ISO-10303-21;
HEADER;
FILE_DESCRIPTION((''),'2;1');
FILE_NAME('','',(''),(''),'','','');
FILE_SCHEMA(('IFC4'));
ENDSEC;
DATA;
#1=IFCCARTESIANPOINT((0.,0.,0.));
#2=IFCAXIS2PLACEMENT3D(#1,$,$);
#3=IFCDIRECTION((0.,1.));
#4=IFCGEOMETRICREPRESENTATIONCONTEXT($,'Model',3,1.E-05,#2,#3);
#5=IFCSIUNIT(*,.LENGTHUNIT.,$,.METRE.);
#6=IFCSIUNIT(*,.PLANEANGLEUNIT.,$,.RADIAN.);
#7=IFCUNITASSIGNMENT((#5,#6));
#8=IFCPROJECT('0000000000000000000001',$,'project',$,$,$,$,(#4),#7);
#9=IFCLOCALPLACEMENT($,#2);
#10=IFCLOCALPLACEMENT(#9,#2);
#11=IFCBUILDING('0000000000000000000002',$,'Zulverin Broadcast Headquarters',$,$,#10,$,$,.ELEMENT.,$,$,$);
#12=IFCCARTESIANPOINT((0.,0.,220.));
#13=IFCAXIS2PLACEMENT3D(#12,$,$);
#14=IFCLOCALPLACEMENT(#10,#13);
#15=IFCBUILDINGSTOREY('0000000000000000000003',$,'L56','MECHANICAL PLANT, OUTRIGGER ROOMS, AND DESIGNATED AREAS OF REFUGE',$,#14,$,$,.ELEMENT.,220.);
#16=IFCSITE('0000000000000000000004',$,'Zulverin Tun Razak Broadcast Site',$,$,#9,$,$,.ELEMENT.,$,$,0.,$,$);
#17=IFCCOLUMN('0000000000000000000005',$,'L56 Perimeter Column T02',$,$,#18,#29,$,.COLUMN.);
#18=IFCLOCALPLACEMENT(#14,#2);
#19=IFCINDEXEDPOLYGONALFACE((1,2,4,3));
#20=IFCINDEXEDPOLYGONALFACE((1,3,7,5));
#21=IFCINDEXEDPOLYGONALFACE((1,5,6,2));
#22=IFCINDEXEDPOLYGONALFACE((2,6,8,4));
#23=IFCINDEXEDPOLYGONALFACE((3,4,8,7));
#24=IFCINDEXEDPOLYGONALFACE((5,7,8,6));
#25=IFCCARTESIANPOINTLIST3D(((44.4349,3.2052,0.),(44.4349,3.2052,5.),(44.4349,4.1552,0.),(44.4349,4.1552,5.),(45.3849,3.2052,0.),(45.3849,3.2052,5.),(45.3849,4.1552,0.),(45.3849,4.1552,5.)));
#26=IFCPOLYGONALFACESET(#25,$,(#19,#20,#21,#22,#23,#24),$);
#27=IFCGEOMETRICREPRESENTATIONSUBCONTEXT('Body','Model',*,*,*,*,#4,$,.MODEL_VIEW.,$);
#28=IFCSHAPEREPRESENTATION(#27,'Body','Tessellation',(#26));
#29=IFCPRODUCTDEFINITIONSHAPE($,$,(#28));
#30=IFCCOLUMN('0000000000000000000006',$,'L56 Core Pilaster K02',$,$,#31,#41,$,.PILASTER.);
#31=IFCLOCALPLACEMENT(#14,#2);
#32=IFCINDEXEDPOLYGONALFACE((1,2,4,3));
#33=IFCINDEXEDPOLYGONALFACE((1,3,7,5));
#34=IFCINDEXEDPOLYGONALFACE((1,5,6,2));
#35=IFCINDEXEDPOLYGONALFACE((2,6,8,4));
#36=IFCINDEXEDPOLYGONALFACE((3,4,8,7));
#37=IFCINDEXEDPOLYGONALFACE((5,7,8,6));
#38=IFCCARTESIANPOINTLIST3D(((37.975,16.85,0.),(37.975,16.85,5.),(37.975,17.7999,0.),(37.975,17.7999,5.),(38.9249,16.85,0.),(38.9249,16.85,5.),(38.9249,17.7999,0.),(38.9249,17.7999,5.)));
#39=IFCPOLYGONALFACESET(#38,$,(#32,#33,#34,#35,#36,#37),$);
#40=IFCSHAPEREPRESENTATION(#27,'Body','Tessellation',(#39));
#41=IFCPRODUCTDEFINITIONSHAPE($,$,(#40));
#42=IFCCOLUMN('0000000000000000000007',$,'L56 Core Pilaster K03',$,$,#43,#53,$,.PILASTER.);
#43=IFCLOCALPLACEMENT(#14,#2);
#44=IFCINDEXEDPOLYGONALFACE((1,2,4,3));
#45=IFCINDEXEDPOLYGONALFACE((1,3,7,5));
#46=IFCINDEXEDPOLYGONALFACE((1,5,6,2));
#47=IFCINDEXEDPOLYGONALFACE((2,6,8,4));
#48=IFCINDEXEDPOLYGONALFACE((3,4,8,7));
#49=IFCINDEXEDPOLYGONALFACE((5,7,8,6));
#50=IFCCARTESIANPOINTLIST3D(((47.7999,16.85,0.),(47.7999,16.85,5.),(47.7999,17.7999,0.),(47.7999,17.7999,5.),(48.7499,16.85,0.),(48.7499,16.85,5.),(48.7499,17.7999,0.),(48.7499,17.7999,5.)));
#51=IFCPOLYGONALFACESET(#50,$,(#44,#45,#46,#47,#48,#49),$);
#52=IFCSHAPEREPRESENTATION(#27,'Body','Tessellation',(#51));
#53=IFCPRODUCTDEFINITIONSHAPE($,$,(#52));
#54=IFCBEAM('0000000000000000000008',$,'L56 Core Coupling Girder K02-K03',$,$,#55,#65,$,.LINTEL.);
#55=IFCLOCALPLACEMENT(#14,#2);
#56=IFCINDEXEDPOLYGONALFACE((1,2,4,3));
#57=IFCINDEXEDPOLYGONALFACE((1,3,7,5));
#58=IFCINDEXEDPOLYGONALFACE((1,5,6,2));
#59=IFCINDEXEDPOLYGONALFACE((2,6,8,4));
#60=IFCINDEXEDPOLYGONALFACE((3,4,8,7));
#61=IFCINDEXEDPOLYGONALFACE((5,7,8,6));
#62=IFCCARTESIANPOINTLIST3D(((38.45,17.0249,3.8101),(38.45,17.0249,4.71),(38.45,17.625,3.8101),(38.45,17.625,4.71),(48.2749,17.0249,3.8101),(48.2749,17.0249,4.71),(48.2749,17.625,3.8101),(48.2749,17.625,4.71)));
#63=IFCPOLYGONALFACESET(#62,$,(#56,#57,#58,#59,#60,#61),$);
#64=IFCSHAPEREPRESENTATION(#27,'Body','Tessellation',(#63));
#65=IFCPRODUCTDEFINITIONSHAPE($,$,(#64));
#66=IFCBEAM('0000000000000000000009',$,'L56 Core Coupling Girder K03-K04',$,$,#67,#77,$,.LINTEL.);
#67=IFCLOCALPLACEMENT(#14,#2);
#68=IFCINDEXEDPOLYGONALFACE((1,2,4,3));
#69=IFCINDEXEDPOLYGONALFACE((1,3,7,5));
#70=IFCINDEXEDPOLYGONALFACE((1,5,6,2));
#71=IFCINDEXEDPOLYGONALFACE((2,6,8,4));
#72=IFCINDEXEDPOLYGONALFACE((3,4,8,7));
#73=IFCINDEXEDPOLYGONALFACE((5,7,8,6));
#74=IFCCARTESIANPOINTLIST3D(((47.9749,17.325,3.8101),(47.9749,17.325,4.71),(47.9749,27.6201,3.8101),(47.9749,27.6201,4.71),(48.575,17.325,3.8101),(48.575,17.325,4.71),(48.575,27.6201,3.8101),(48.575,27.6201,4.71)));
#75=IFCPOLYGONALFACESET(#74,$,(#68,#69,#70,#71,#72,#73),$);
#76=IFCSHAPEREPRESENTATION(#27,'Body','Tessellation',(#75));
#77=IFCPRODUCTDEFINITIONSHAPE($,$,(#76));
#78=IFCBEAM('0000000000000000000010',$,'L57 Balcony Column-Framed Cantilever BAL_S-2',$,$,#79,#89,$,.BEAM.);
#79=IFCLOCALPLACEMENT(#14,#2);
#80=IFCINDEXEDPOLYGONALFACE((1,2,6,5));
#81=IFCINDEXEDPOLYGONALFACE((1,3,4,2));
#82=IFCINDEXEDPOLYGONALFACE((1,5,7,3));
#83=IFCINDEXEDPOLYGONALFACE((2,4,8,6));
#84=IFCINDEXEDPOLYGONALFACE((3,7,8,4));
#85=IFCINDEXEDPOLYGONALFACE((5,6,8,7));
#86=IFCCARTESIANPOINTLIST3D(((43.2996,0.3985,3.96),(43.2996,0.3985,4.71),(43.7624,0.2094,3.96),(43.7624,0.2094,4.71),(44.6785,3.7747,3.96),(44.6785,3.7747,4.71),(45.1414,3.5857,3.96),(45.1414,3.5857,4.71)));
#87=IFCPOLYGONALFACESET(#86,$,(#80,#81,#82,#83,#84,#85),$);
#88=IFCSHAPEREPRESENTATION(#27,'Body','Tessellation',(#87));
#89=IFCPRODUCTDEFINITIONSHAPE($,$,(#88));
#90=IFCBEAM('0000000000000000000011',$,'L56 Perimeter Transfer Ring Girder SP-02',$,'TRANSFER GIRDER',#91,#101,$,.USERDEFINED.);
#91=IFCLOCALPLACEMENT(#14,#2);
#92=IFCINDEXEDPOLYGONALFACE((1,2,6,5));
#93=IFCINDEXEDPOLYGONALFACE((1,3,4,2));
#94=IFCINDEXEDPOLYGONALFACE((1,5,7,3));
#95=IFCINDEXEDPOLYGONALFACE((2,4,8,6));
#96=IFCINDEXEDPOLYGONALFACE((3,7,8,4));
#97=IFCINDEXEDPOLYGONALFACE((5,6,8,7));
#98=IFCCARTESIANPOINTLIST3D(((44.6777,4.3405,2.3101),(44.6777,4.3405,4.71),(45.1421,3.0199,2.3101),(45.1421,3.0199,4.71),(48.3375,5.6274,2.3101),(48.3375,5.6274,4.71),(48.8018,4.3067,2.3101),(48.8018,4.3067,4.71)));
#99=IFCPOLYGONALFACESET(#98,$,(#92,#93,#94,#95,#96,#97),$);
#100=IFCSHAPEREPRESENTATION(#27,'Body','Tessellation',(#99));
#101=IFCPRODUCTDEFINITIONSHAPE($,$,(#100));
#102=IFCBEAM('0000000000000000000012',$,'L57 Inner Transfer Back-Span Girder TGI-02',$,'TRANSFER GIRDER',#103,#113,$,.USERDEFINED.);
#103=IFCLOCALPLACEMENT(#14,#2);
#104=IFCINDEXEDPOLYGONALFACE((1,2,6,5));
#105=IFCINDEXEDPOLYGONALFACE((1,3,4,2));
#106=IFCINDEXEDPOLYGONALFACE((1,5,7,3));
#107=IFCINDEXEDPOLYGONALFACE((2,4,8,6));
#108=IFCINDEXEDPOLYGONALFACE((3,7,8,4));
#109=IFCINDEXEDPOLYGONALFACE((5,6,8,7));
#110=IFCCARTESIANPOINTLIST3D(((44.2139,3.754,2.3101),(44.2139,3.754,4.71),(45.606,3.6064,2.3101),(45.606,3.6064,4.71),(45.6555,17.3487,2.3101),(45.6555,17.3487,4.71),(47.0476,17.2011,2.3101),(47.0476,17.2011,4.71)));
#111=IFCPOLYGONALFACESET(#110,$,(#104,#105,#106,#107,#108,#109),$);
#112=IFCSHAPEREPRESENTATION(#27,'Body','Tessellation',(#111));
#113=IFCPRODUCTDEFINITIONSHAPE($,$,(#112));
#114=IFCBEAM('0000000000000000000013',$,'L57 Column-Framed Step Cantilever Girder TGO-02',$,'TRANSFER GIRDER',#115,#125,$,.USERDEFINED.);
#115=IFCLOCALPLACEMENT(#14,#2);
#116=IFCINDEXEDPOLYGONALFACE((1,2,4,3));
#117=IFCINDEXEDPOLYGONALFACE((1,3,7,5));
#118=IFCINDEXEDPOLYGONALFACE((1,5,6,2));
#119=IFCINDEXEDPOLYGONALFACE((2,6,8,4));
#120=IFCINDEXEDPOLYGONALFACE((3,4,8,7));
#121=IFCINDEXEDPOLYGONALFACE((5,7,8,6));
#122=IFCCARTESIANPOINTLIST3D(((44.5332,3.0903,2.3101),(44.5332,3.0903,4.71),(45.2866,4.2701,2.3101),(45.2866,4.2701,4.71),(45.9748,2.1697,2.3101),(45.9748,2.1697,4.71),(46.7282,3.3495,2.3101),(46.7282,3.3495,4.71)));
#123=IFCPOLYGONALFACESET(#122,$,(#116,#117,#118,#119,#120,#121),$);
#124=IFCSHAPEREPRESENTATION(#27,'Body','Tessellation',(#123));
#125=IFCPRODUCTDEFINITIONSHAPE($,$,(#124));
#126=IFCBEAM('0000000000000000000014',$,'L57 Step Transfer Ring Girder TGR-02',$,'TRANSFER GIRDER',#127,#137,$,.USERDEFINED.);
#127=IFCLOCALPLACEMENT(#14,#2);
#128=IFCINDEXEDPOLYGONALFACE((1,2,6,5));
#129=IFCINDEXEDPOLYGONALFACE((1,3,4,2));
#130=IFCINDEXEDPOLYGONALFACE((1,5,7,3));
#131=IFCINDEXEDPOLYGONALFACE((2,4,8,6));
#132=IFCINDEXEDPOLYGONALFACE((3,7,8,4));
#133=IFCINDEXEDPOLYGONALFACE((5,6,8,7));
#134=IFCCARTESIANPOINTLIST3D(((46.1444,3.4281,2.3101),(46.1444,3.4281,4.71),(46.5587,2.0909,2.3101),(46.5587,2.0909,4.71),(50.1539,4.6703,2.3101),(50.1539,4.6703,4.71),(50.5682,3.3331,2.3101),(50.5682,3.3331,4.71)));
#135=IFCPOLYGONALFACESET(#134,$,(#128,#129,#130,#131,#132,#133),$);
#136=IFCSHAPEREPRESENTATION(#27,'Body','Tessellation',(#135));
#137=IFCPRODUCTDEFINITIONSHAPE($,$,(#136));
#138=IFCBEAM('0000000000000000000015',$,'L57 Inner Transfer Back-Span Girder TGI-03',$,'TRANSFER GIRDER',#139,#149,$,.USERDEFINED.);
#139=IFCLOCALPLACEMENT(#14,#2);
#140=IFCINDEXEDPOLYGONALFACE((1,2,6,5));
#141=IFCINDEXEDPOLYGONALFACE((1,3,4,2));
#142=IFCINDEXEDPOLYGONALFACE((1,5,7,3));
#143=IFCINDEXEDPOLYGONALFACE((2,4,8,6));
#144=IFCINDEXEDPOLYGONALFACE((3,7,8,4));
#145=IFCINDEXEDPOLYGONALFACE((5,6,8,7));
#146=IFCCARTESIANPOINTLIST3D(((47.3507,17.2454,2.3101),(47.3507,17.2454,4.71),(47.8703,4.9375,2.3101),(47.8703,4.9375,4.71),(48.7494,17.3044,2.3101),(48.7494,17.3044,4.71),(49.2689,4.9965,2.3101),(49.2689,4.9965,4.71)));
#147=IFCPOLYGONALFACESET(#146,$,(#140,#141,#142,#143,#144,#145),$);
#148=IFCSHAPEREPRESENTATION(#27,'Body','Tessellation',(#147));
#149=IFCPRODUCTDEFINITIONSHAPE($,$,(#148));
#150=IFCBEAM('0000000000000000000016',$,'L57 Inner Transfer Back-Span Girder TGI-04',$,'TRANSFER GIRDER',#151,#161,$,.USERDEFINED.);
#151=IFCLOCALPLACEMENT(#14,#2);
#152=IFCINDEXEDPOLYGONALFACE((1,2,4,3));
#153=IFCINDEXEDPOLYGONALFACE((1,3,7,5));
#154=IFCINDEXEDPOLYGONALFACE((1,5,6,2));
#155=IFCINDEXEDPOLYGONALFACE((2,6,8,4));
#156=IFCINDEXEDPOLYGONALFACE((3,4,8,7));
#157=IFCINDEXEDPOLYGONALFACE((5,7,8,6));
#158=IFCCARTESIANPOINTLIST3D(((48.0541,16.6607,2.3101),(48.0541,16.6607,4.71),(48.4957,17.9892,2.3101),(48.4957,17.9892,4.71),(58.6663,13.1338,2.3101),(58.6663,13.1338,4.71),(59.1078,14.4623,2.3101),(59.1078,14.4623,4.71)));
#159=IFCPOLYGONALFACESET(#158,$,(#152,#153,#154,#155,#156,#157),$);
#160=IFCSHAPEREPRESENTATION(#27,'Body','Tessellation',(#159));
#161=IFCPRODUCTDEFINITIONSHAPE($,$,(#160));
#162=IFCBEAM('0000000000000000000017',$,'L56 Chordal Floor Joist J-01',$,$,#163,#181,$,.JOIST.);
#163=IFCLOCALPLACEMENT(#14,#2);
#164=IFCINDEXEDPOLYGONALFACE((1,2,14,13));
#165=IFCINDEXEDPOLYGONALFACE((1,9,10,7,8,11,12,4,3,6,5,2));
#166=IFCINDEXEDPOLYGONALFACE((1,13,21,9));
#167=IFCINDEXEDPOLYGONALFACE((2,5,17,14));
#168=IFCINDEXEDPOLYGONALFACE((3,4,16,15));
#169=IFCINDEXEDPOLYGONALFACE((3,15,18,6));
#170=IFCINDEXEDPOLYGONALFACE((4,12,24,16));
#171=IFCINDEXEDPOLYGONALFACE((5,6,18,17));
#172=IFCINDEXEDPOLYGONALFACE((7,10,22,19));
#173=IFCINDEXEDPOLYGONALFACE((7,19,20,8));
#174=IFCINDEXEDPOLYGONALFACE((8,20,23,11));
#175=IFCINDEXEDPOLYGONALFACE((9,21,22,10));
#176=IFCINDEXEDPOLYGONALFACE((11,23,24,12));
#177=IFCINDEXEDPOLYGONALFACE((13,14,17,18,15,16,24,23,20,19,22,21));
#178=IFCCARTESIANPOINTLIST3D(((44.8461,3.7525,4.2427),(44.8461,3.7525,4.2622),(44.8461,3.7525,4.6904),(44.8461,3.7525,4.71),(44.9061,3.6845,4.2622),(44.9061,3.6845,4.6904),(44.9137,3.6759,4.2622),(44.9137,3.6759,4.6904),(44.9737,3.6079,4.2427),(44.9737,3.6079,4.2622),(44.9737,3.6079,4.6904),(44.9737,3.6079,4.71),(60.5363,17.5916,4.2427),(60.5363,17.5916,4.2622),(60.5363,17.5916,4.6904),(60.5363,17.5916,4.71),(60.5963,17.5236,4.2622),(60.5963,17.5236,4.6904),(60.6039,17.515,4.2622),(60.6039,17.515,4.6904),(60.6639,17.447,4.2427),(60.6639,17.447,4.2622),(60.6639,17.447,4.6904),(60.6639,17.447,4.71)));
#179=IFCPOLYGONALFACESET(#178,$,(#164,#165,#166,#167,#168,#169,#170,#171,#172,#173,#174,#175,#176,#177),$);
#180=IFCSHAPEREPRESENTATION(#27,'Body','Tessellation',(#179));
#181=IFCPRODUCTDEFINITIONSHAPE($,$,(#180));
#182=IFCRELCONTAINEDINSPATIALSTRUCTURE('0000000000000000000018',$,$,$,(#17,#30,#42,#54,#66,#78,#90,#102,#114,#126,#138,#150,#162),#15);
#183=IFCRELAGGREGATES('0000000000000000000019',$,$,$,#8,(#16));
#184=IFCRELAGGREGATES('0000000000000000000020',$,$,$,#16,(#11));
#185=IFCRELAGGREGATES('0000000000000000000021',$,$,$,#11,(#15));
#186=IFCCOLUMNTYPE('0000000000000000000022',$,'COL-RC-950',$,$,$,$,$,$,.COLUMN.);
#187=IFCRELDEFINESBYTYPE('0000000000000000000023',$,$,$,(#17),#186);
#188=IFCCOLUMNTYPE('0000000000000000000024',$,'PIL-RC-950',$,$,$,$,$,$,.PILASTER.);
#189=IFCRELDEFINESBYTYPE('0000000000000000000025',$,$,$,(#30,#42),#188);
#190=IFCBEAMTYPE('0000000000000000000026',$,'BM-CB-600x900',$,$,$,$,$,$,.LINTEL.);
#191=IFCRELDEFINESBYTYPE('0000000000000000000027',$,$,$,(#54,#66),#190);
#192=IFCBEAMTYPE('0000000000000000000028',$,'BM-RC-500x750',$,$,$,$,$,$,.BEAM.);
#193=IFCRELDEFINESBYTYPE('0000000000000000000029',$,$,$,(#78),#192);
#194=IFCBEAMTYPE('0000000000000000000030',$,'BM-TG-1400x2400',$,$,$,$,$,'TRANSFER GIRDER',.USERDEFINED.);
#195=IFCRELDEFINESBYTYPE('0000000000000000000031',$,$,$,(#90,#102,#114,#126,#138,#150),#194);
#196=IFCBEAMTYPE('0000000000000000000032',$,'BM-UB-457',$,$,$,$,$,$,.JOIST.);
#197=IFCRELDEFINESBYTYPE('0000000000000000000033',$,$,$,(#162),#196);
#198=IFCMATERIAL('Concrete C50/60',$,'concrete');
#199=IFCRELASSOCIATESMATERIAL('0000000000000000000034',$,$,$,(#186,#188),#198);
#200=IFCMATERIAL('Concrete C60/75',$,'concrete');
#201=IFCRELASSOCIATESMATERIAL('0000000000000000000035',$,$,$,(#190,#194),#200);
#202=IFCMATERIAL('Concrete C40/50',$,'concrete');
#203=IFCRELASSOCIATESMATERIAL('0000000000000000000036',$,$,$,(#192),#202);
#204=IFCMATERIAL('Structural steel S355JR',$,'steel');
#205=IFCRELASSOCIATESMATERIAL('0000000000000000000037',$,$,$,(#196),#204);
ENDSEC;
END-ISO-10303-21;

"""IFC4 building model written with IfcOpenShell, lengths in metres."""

from ifc_helpers import new_model, si_unit, direction, frame, origin, origin_2d, place, context, subcontext, project, spatial, rectangle, i_section, extrude, material, material_profile, profile_set, type_object, element, save


model = new_model("IFC4")

# Units and contexts
model_context = context("Model", 3, precision=1e-05, world=origin(), true_north=direction((0.0, 1.0)))
body_context = subcontext(model_context, "Body", "Model", "MODEL_VIEW")
ifc_project = project(units=[si_unit("LENGTHUNIT", "METRE"), si_unit("PLANEANGLEUNIT", "RADIAN")], contexts=[model_context])

# Site, building, storey
site_placement = place(None, origin())
site = spatial("IfcSite", under=ifc_project, at=site_placement, Name="Zulverin Tun Razak Broadcast Site", CompositionType="ELEMENT", RefElevation=0.0)
building_placement = place(site_placement, origin())
building = spatial("IfcBuilding", under=site, at=building_placement, Name="Zulverin Broadcast Headquarters", CompositionType="ELEMENT")
storey_placement = place(building_placement, frame((0.0, 0.0, 220.0)))
storey = spatial("IfcBuildingStorey", under=building, at=storey_placement, Name="L56", Description="MECHANICAL PLANT, OUTRIGGER ROOMS, AND DESIGNATED AREAS OF REFUGE", CompositionType="ELEMENT", Elevation=220.0)

# Columns
ifc_material_1 = material(Name="Concrete C50/60", Category="concrete")
ifc_material_profile_1 = material_profile(ifc_material_1, rectangle(XDim=0.95, YDim=0.95, at=origin_2d()), Name="Concrete C50/60", Category="concrete")
ifc_profile_set_1 = profile_set([ifc_material_profile_1], Name="Concrete C50/60")
column_type_1 = type_object("IfcColumnType", Name="COL-RC-950", PredefinedType="COLUMN", material=ifc_profile_set_1)
column_placement = place(storey_placement, frame((44.9099, 3.6802, 0.0), z_axis=(0.0, 0.0, 1.0), x_axis=(1.0, 0.0, 0.0)))
element("IfcColumn", 1, at=column_placement, inside=storey, type_object=column_type_1, Name="L56 Perimeter Column T02", PredefinedType="COLUMN", context=body_context, shape_type="SweptSolid", body=[
    extrude(rectangle(XDim=0.95, YDim=0.95, at=origin_2d()), origin(), (0.0, 0.0, 1.0), 5.0),
])
ifc_material_profile_2 = material_profile(ifc_material_1, rectangle(XDim=0.95, YDim=0.95, at=origin_2d()), Name="Concrete C50/60", Category="concrete")
ifc_profile_set_2 = profile_set([ifc_material_profile_2], Name="Concrete C50/60")
column_type_2 = type_object("IfcColumnType", Name="PIL-RC-950", PredefinedType="PILASTER", material=ifc_profile_set_2)
for number, where, z_axis, x_axis, name in (
    (2, (38.45, 17.325, 0.0), (0.0, 0.0, 1.0), (1.0, 0.0, 0.0), "L56 Core Pilaster K02"),
    (3, (48.2749, 17.325, 0.0), (0.0, 0.0, 1.0), (1.0, 0.0, 0.0), "L56 Core Pilaster K03"),
):
    element("IfcColumn", number, at=place(storey_placement, frame(where, z_axis=z_axis, x_axis=x_axis)), inside=storey, type_object=column_type_2, Name=name, PredefinedType="PILASTER", context=body_context, shape_type="SweptSolid", body=[
        extrude(rectangle(XDim=0.95, YDim=0.95, at=origin_2d()), origin(), (0.0, 0.0, 1.0), 5.0),
    ])

# Beams
ifc_material_2 = material(Name="Concrete C60/75", Category="concrete")
ifc_material_profile_3 = material_profile(ifc_material_2, rectangle(XDim=0.6001, YDim=0.8999, at=origin_2d()), Name="Concrete C60/75", Category="concrete")
ifc_profile_set_3 = profile_set([ifc_material_profile_3], Name="Concrete C60/75")
beam_type_1 = type_object("IfcBeamType", Name="BM-CB-600x900", PredefinedType="LINTEL", material=ifc_profile_set_3)
beam_1_placement = place(storey_placement, frame((38.45, 17.325, 4.26), z_axis=(1.0, 0.0, 0.0), x_axis=(0.0, 1.0, 0.0)))
element("IfcBeam", 4, at=beam_1_placement, inside=storey, type_object=beam_type_1, Name="L56 Core Coupling Girder K02-K03", PredefinedType="LINTEL", context=body_context, shape_type="SweptSolid", body=[
    extrude(rectangle(XDim=0.6001, YDim=0.8999, at=origin_2d()), origin(), (0.0, 0.0, 1.0), 9.825),
])
beam_2_placement = place(storey_placement, frame((48.2749, 17.325, 4.26), z_axis=(0.0, 1.0, 0.0), x_axis=(-1.0, 0.0, 0.0)))
element("IfcBeam", 5, at=beam_2_placement, inside=storey, type_object=beam_type_1, Name="L56 Core Coupling Girder K03-K04", PredefinedType="LINTEL", context=body_context, shape_type="SweptSolid", body=[
    extrude(rectangle(XDim=0.6001, YDim=0.8999, at=origin_2d()), origin(), (0.0, 0.0, 1.0), 10.2952),
])
ifc_material_3 = material(Name="Concrete C40/50", Category="concrete")
ifc_material_profile_4 = material_profile(ifc_material_3, rectangle(XDim=0.5, YDim=0.75, at=origin_2d()), Name="Concrete C40/50", Category="concrete")
ifc_profile_set_4 = profile_set([ifc_material_profile_4], Name="Concrete C40/50")
beam_type_2 = type_object("IfcBeamType", Name="BM-RC-500x750", PredefinedType="BEAM", material=ifc_profile_set_4)
beam_3_placement = place(storey_placement, frame((44.9099, 3.6802, 4.335), z_axis=(-0.378098, -0.925765, 0.0), x_axis=(0.925765, -0.378098, 0.0)))
element("IfcBeam", 6, at=beam_3_placement, inside=storey, type_object=beam_type_2, Name="L57 Balcony Column-Framed Cantilever BAL_S-2", PredefinedType="BEAM", context=body_context, shape_type="SweptSolid", body=[
    extrude(rectangle(XDim=0.5, YDim=0.75, at=origin_2d()), origin(), (0.0, 0.0, 1.0), 3.647),
])
ifc_material_profile_5 = material_profile(ifc_material_2, rectangle(XDim=1.3999, YDim=2.3999, at=origin_2d()), Name="Concrete C60/75", Category="concrete")
ifc_profile_set_5 = profile_set([ifc_material_profile_5], Name="Concrete C60/75")
beam_type_3 = type_object("IfcBeamType", Name="BM-TG-1400x2400", ElementType="TRANSFER GIRDER", PredefinedType="USERDEFINED", material=ifc_profile_set_5)
beam_4_placement = place(storey_placement, frame((44.9099, 3.6802, 3.51), z_axis=(0.943377, 0.331724, 0.0), x_axis=(-0.331724, 0.943377, 0.0)))
element("IfcBeam", 7, at=beam_4_placement, inside=storey, type_object=beam_type_3, Name="L56 Perimeter Transfer Ring Girder SP-02", ObjectType="TRANSFER GIRDER", PredefinedType="USERDEFINED", context=body_context, shape_type="SweptSolid", body=[
    extrude(rectangle(XDim=1.3999, YDim=2.3999, at=origin_2d()), origin(), (0.0, 0.0, 1.0), 3.8794),
])
beam_5_placement = place(storey_placement, frame((46.3516, 17.2749, 3.51), z_axis=(-0.105454, -0.994424, 0.0), x_axis=(0.994424, -0.105454, 0.0)))
element("IfcBeam", 8, at=beam_5_placement, inside=storey, type_object=beam_type_3, Name="L57 Inner Transfer Back-Span Girder TGI-02", ObjectType="TRANSFER GIRDER", PredefinedType="USERDEFINED", context=body_context, shape_type="SweptSolid", body=[
    extrude(rectangle(XDim=1.3999, YDim=2.3999, at=origin_2d()), origin(), (0.0, 0.0, 1.0), 13.6709),
])
beam_6_placement = place(storey_placement, frame((44.9099, 3.6802, 3.51), z_axis=(0.842802, -0.538223, 0.0), x_axis=(0.538223, 0.842802, 0.0)))
element("IfcBeam", 9, at=beam_6_placement, inside=storey, type_object=beam_type_3, Name="L57 Column-Framed Step Cantilever Girder TGO-02", ObjectType="TRANSFER GIRDER", PredefinedType="USERDEFINED", context=body_context, shape_type="SweptSolid", body=[
    extrude(rectangle(XDim=1.3999, YDim=2.3999, at=origin_2d()), origin(), (0.0, 0.0, 1.0), 1.7104),
])
beam_7_placement = place(storey_placement, frame((46.3516, 2.7595, 3.51), z_axis=(0.955209, 0.295933, 0.0), x_axis=(-0.295933, 0.955209, 0.0)))
element("IfcBeam", 10, at=beam_7_placement, inside=storey, type_object=beam_type_3, Name="L57 Step Transfer Ring Girder TGR-02", ObjectType="TRANSFER GIRDER", PredefinedType="USERDEFINED", context=body_context, shape_type="SweptSolid", body=[
    extrude(rectangle(XDim=1.3999, YDim=2.3999, at=origin_2d()), origin(), (0.0, 0.0, 1.0), 4.1975),
])
beam_8_placement = place(storey_placement, frame((48.05, 17.2749, 3.51), z_axis=(0.042174, -0.99911, 0.0), x_axis=(0.99911, 0.042174, 0.0)))
element("IfcBeam", 11, at=beam_8_placement, inside=storey, type_object=beam_type_3, Name="L57 Inner Transfer Back-Span Girder TGI-03", ObjectType="TRANSFER GIRDER", PredefinedType="USERDEFINED", context=body_context, shape_type="SweptSolid", body=[
    extrude(rectangle(XDim=1.3999, YDim=2.3999, at=origin_2d()), origin(), (0.0, 0.0, 1.0), 12.3188),
])
beam_9_placement = place(storey_placement, frame((48.2749, 17.325, 3.51), z_axis=(0.948965, -0.315383, 0.0), x_axis=(0.315383, 0.948965, 0.0)))
element("IfcBeam", 12, at=beam_9_placement, inside=storey, type_object=beam_type_3, Name="L57 Inner Transfer Back-Span Girder TGI-04", ObjectType="TRANSFER GIRDER", PredefinedType="USERDEFINED", context=body_context, shape_type="SweptSolid", body=[
    extrude(rectangle(XDim=1.3999, YDim=2.3999, at=origin_2d()), origin(), (0.0, 0.0, 1.0), 11.1829),
])
ifc_material_4 = material(Name="Structural steel S355JR", Category="steel")
ifc_material_profile_6 = material_profile(ifc_material_4, i_section(OverallWidth=0.1929, OverallDepth=0.4673, WebThickness=0.0115, FlangeThickness=0.0195, at=origin_2d()), Name="Structural steel S355JR", Category="steel")
ifc_profile_set_6 = profile_set([ifc_material_profile_6], Name="Structural steel S355JR")
beam_type_4 = type_object("IfcBeamType", Name="BM-UB-457", PredefinedType="JOIST", material=ifc_profile_set_6)
beam_10_placement = place(storey_placement, frame((44.9099, 3.6802, 4.4763), z_axis=(0.74996, 0.661483, 0.0), x_axis=(-0.661483, 0.74996, 0.0)))
element("IfcBeam", 13, at=beam_10_placement, inside=storey, type_object=beam_type_4, Name="L56 Chordal Floor Joist J-01", PredefinedType="JOIST", context=body_context, shape_type="SweptSolid", body=[
    extrude(i_section(OverallWidth=0.1929, OverallDepth=0.4673, WebThickness=0.0115, FlangeThickness=0.0195, at=origin_2d()), origin(), (0.0, 0.0, 1.0), 20.9214),
])

save(model, "model.ifc")
